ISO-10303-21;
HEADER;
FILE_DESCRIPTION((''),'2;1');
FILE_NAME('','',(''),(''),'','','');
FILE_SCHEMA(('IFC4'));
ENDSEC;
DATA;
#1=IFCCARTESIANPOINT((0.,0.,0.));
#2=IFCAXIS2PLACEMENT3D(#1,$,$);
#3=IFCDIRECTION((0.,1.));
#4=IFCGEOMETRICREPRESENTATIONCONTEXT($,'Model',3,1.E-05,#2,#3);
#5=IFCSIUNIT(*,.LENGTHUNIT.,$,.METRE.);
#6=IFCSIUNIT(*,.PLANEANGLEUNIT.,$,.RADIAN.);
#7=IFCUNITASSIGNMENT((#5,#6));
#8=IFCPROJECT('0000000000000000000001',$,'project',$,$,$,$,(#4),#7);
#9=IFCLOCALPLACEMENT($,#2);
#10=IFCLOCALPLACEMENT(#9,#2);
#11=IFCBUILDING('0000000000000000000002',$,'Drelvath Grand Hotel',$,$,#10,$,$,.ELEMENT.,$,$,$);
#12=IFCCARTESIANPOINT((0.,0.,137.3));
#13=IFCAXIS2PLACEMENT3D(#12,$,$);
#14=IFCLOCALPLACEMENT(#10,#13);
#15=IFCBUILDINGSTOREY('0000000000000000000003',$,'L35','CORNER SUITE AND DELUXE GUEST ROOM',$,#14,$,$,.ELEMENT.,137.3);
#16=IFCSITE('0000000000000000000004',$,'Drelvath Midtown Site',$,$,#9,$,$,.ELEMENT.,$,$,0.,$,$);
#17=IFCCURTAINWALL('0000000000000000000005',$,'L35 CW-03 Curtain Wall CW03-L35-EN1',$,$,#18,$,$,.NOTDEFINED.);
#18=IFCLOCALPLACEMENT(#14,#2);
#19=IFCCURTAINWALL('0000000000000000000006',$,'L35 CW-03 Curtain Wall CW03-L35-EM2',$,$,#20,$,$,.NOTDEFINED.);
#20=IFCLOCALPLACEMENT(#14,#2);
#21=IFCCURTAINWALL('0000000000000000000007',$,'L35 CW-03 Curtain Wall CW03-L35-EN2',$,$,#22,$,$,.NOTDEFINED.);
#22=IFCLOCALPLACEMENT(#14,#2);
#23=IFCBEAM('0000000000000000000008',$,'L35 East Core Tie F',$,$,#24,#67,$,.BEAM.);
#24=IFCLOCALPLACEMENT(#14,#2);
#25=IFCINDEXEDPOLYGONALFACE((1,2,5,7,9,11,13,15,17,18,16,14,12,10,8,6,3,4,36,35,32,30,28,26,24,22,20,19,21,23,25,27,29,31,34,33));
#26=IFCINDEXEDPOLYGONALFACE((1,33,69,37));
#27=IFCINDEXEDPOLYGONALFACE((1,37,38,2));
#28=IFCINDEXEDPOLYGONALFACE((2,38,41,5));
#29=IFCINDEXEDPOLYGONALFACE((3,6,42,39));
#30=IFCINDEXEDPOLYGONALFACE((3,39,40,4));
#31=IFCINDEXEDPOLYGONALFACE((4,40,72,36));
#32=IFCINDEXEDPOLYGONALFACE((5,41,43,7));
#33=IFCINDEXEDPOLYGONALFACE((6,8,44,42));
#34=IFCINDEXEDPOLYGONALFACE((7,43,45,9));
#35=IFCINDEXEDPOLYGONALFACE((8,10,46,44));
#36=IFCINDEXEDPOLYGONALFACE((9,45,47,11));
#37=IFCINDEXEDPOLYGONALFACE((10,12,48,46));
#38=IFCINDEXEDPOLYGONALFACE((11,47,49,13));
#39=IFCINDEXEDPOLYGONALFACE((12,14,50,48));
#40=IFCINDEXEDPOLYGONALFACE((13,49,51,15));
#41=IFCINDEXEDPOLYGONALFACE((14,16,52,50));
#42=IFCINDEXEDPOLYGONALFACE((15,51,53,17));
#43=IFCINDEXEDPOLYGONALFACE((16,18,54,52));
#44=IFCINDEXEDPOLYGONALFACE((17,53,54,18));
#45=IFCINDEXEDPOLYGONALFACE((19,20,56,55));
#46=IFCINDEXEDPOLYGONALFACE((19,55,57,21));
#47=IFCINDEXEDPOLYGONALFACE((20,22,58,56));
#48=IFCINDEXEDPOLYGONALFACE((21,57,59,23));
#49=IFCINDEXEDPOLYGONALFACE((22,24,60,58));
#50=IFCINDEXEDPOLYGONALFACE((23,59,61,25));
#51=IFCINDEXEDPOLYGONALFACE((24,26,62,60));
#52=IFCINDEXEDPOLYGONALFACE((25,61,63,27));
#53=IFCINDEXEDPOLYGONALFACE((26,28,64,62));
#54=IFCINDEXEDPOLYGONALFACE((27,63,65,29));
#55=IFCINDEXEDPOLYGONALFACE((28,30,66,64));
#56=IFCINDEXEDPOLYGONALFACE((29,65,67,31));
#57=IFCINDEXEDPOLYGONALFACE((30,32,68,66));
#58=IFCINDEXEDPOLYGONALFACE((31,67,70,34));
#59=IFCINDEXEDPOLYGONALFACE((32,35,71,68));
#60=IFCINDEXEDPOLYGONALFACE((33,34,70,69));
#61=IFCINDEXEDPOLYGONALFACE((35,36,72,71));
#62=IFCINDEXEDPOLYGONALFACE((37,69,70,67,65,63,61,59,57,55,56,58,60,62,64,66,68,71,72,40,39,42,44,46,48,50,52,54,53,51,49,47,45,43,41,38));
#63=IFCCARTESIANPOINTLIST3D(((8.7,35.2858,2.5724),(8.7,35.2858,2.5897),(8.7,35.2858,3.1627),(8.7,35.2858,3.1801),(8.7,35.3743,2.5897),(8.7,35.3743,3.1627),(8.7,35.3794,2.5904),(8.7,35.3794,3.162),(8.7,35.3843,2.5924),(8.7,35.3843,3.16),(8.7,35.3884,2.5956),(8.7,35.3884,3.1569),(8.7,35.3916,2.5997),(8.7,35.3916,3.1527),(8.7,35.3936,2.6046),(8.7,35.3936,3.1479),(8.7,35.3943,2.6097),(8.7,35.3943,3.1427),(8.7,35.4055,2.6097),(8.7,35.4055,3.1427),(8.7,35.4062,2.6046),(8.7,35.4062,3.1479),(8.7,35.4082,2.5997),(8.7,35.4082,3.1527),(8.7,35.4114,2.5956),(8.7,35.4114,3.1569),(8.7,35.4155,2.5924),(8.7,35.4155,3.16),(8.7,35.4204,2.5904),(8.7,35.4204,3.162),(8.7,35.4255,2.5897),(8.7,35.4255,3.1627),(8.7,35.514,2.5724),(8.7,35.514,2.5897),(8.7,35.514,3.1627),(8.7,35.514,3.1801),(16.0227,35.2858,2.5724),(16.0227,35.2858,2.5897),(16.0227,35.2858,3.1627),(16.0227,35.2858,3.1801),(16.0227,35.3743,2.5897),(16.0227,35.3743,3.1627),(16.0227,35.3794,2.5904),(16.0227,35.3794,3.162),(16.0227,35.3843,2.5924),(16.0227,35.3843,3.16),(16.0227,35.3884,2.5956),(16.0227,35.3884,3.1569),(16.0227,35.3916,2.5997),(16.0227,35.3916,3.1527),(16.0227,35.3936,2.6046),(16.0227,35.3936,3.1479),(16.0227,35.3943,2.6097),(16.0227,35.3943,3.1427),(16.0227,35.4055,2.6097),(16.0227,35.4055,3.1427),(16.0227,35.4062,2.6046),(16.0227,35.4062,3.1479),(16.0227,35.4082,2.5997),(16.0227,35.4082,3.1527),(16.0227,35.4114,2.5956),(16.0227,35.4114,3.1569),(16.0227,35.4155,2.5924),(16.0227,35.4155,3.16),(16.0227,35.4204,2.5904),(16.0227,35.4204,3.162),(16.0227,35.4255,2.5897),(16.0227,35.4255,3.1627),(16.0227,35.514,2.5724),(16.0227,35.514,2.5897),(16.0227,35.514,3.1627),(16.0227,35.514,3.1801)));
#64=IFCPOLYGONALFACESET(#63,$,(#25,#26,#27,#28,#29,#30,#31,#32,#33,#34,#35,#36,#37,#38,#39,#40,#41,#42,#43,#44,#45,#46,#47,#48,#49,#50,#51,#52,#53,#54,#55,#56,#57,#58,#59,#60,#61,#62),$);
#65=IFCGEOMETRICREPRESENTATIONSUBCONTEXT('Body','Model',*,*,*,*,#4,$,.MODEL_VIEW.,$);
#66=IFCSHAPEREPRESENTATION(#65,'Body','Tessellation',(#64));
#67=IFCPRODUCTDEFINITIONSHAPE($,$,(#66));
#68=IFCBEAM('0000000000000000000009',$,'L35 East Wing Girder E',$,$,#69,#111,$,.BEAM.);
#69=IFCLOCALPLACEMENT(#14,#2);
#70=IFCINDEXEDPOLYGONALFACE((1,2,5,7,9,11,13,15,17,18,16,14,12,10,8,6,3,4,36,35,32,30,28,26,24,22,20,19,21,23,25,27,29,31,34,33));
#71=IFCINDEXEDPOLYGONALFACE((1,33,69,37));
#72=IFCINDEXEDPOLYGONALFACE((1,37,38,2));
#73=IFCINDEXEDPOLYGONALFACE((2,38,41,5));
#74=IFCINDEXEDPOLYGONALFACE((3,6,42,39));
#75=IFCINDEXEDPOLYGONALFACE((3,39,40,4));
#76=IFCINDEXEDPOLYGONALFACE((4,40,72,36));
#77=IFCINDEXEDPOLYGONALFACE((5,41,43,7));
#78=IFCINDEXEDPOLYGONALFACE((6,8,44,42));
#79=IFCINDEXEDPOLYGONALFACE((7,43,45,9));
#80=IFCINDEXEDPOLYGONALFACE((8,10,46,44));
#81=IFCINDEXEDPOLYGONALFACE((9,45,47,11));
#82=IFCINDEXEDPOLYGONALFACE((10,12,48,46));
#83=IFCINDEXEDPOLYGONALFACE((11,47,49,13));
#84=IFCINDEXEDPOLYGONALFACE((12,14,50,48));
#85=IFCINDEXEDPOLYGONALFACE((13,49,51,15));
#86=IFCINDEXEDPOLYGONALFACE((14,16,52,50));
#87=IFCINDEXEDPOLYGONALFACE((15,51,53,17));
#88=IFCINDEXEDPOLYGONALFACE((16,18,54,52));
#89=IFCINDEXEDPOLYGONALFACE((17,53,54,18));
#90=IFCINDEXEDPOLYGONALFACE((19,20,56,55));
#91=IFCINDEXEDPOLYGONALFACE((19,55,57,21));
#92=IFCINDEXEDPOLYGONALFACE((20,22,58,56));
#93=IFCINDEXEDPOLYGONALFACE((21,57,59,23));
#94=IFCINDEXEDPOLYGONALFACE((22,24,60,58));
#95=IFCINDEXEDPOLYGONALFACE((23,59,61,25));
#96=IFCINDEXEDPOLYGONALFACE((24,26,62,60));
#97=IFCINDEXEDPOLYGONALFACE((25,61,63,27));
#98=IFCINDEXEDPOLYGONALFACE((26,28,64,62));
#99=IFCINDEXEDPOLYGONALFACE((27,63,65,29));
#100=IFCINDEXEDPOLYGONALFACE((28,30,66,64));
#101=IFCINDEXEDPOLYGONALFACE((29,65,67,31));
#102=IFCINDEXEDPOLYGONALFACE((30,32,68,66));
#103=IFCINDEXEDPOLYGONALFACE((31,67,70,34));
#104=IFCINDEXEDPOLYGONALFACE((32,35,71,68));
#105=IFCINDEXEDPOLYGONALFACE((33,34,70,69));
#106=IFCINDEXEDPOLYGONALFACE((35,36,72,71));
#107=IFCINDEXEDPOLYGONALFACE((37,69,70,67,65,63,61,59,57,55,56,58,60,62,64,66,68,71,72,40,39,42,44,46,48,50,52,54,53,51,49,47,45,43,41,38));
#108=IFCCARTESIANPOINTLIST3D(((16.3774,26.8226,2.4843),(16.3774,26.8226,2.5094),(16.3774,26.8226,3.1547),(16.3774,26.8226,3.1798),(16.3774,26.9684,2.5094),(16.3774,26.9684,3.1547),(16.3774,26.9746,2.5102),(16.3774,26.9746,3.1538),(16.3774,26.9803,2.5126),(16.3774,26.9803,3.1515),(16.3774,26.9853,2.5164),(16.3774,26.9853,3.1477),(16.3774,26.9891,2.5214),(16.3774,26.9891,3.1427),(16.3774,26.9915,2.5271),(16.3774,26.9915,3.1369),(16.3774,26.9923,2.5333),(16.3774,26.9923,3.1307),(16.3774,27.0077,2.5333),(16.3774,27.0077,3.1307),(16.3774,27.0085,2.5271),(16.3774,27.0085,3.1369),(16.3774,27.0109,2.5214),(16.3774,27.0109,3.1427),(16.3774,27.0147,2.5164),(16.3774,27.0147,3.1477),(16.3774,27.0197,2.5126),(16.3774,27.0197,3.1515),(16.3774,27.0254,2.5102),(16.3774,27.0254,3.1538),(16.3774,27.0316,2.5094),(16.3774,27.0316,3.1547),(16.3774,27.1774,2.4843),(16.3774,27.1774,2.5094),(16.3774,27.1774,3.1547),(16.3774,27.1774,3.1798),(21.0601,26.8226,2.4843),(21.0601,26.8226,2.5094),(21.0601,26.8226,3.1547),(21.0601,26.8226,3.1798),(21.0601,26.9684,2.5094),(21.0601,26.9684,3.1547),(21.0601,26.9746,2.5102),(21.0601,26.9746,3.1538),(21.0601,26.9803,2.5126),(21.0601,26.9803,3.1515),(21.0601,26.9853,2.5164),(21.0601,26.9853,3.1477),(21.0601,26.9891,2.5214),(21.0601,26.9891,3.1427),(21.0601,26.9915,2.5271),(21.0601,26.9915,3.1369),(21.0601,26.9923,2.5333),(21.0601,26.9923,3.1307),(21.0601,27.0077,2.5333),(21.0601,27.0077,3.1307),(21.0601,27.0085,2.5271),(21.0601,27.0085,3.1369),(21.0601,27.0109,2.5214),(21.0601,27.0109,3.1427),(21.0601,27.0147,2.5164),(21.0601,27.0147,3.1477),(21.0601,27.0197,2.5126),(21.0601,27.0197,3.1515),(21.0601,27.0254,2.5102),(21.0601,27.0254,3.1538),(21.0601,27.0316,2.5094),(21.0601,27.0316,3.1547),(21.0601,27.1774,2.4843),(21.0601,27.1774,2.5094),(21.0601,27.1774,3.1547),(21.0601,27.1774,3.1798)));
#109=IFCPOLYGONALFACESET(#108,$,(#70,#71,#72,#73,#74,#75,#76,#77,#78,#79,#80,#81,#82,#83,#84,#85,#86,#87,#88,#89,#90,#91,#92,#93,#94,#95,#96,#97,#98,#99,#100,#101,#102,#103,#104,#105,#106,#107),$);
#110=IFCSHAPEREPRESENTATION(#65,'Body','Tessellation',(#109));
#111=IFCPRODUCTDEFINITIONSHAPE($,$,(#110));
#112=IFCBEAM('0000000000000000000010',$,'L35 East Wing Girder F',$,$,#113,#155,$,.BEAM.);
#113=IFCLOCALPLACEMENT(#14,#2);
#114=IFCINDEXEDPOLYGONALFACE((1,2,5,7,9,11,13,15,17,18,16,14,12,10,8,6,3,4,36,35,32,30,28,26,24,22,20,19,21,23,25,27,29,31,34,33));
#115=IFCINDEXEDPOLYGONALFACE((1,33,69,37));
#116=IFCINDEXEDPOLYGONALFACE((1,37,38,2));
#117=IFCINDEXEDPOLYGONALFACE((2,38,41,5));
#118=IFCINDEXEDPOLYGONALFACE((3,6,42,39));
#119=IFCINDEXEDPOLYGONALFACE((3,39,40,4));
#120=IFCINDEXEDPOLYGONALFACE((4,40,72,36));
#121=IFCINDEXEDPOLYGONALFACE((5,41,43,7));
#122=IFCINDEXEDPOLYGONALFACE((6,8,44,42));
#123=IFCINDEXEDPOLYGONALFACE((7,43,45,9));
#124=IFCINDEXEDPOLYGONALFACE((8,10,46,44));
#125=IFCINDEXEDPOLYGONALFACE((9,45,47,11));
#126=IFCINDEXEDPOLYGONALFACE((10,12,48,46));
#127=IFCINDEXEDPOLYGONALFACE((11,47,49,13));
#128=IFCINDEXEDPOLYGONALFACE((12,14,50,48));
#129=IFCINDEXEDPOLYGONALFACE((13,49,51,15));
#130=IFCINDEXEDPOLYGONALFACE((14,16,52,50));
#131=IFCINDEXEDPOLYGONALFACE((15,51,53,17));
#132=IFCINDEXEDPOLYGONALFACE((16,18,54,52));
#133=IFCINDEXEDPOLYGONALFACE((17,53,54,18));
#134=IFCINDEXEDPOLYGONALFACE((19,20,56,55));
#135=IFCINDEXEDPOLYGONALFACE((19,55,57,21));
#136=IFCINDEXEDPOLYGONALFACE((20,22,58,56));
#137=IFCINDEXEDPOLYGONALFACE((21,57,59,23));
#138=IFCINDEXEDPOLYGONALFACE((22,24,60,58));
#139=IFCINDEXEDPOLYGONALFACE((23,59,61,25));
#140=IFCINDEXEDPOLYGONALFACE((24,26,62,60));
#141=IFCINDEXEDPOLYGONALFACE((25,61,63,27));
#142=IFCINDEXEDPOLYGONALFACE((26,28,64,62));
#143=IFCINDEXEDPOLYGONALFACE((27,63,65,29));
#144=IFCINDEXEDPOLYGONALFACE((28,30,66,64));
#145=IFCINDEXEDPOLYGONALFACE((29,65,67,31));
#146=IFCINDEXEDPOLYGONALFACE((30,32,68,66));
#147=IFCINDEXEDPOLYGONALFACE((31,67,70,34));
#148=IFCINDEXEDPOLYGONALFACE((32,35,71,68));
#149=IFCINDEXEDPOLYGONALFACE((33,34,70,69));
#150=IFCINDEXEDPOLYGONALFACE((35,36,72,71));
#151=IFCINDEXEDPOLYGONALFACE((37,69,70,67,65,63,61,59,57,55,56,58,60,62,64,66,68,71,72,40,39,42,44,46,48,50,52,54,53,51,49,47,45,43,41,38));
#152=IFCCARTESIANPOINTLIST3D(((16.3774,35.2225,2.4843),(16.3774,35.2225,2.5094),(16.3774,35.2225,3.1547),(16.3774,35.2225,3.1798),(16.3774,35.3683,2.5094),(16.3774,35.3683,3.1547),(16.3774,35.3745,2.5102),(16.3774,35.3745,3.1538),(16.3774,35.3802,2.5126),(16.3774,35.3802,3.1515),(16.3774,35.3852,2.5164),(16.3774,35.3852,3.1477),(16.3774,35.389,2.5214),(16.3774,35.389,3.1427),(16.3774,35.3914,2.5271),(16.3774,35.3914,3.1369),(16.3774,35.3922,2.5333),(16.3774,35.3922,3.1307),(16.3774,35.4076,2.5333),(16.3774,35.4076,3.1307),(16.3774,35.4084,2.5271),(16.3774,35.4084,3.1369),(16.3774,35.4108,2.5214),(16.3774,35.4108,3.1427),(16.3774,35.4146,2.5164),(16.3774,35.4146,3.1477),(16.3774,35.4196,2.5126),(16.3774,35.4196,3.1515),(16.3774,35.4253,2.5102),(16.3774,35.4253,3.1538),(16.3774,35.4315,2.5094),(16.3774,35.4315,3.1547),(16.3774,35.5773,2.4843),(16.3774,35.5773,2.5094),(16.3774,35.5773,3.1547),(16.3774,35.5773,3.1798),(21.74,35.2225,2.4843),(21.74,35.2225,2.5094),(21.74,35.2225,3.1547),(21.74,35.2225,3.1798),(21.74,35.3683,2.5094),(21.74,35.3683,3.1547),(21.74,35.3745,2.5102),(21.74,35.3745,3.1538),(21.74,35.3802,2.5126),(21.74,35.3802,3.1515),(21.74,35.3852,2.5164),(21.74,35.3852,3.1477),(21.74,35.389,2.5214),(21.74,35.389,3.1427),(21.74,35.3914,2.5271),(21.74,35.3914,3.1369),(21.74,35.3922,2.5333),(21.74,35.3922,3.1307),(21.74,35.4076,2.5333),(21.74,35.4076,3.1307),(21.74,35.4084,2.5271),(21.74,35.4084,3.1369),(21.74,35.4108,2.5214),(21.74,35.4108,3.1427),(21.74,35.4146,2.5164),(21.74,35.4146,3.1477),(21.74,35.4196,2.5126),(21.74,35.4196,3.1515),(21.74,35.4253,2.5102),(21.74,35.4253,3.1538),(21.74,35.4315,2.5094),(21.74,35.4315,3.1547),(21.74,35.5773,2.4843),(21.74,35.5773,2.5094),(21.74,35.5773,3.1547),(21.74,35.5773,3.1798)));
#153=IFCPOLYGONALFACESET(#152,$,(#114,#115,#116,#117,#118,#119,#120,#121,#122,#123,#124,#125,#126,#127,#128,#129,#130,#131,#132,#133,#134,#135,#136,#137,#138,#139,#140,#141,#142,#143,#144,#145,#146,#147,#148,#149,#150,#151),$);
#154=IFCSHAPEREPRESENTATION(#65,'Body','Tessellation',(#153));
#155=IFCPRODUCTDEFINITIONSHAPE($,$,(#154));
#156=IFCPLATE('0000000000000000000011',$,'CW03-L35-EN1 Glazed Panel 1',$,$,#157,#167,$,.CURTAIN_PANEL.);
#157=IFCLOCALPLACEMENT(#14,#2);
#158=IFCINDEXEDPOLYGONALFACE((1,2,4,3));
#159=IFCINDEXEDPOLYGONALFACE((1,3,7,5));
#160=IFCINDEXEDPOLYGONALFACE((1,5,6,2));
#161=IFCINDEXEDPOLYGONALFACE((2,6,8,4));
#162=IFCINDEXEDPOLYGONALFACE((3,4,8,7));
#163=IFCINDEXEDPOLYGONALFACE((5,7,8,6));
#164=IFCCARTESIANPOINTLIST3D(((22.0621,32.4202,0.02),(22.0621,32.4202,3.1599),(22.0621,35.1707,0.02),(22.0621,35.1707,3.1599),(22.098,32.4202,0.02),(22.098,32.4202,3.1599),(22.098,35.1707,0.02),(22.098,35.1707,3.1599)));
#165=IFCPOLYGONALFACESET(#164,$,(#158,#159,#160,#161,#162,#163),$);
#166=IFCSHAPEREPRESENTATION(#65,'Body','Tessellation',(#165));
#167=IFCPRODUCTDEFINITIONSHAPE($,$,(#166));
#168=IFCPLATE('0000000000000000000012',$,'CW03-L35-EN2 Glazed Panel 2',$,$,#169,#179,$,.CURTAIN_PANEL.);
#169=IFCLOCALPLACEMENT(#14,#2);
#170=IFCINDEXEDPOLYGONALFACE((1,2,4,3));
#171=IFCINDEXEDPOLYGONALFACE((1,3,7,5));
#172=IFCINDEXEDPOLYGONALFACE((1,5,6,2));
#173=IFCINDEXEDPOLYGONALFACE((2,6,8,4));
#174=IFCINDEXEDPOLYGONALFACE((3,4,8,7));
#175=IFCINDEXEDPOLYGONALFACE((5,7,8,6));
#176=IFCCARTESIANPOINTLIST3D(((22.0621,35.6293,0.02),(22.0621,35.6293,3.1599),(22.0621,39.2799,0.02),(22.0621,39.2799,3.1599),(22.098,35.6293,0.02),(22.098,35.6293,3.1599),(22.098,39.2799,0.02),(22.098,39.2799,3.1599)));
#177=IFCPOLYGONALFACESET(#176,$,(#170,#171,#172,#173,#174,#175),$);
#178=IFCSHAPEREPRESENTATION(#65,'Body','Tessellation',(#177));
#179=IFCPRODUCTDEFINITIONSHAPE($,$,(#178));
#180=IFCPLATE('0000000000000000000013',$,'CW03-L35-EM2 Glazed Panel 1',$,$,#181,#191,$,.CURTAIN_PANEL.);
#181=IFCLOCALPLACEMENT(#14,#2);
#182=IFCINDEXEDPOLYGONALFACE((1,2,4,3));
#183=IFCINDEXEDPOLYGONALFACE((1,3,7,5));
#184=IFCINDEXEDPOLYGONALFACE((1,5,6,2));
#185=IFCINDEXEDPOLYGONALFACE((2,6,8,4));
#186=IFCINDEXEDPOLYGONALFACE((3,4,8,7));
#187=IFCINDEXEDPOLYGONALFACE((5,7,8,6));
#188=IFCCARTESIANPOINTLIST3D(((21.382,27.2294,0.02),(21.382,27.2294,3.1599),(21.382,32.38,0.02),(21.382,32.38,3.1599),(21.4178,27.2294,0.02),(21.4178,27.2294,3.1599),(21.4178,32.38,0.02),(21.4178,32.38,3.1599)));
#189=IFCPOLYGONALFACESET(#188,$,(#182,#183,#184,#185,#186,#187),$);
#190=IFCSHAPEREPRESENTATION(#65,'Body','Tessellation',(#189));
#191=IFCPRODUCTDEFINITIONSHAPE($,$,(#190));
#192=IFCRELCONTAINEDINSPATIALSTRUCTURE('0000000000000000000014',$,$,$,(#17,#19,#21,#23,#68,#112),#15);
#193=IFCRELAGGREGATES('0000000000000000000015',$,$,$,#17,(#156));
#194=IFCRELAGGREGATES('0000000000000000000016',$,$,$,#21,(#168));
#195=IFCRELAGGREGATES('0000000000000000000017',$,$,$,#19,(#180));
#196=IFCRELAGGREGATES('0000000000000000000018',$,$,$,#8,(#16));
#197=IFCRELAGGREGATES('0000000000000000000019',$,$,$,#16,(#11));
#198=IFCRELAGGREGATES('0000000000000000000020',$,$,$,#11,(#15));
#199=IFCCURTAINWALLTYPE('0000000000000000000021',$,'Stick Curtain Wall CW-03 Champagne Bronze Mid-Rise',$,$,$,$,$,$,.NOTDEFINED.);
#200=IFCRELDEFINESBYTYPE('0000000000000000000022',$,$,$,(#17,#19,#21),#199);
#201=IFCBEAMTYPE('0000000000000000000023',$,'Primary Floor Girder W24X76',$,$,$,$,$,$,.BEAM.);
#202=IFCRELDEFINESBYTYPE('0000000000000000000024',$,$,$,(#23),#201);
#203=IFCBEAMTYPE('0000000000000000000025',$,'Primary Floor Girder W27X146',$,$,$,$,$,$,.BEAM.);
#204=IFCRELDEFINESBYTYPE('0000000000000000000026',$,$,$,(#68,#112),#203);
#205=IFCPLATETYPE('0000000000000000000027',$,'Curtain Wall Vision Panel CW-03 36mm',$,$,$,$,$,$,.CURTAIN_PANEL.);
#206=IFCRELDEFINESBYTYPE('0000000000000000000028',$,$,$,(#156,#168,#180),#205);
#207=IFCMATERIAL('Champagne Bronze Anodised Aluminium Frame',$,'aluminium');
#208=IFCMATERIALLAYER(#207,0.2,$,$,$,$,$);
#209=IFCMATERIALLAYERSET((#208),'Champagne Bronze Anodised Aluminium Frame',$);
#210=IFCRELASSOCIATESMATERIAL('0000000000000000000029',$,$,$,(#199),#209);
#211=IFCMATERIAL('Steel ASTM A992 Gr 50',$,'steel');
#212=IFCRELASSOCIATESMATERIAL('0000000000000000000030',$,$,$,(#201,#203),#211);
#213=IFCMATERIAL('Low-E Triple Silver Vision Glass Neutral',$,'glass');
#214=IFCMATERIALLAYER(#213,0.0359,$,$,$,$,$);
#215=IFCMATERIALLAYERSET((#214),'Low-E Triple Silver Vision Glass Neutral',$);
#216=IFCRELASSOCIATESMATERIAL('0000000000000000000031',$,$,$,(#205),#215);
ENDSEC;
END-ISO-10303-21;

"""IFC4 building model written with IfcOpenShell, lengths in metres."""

from ifc_helpers import new_model, si_unit, direction, frame, origin, origin_2d, place, context, subcontext, project, spatial, rectangle, i_section, extrude, material, layer, layer_set, material_profile, profile_set, type_object, element, aggregate, save


model = new_model("IFC4")

# Units and contexts
model_context = context("Model", 3, precision=1e-05, world=origin(), true_north=direction((0.0, 1.0)))
body_context = subcontext(model_context, "Body", "Model", "MODEL_VIEW")
ifc_project = project(units=[si_unit("LENGTHUNIT", "METRE"), si_unit("PLANEANGLEUNIT", "RADIAN")], contexts=[model_context])

# Site, building, storey
site_placement = place(None, origin())
site = spatial("IfcSite", under=ifc_project, at=site_placement, Name="Drelvath Midtown Site", CompositionType="ELEMENT", RefElevation=0.0)
building_placement = place(site_placement, origin())
building = spatial("IfcBuilding", under=site, at=building_placement, Name="Drelvath Grand Hotel", CompositionType="ELEMENT")
storey_placement = place(building_placement, frame((0.0, 0.0, 137.3)))
storey = spatial("IfcBuildingStorey", under=building, at=storey_placement, Name="L35", Description="CORNER SUITE AND DELUXE GUEST ROOM", CompositionType="ELEMENT", Elevation=137.3)

# Curtain walls
ifc_material_1 = material(Name="Champagne Bronze Anodised Aluminium Frame", Category="aluminium")
ifc_layer_1 = layer(ifc_material_1, 0.2)
ifc_layer_set_1 = layer_set([ifc_layer_1], Name="Champagne Bronze Anodised Aluminium Frame")
curtain_wall_type = type_object("IfcCurtainWallType", Name="Stick Curtain Wall CW-03 Champagne Bronze Mid-Rise", PredefinedType="NOTDEFINED", material=ifc_layer_set_1)
curtain_wall_1_placement = place(storey_placement, origin())
curtain_wall_1 = element("IfcCurtainWall", 1, at=curtain_wall_1_placement, inside=storey, type_object=curtain_wall_type, Name="L35 CW-03 Curtain Wall CW03-L35-EN1", PredefinedType="NOTDEFINED")
curtain_wall_2_placement = place(storey_placement, origin())
curtain_wall_2 = element("IfcCurtainWall", 2, at=curtain_wall_2_placement, inside=storey, type_object=curtain_wall_type, Name="L35 CW-03 Curtain Wall CW03-L35-EM2", PredefinedType="NOTDEFINED")

# Curtain wall
curtain_wall_3_placement = place(storey_placement, origin())
curtain_wall_3 = element("IfcCurtainWall", 3, at=curtain_wall_3_placement, inside=storey, type_object=curtain_wall_type, Name="L35 CW-03 Curtain Wall CW03-L35-EN2", PredefinedType="NOTDEFINED")

# Beams
ifc_material_2 = material(Name="Steel ASTM A992 Gr 50", Category="steel")
ifc_material_profile_1 = material_profile(ifc_material_2, i_section(OverallWidth=0.2283, OverallDepth=0.6077, WebThickness=0.0112, FlangeThickness=0.0173, FilletRadius=0.02, at=origin_2d()), Name="W24X76")
ifc_profile_set_1 = profile_set([ifc_material_profile_1], Name="Steel ASTM A992 Gr 50")
beam_type_1 = type_object("IfcBeamType", Name="Primary Floor Girder W24X76", PredefinedType="BEAM", material=ifc_profile_set_1)
beam_1_placement = place(storey_placement, frame((8.7, 35.3999, 2.8762), z_axis=(1.0, 0.0, 0.0), x_axis=(0.0, 1.0, 0.0)))
element("IfcBeam", 4, at=beam_1_placement, inside=storey, type_object=beam_type_1, Name="L35 East Core Tie F", PredefinedType="BEAM", context=body_context, shape_type="SweptSolid", body=[
    extrude(i_section(OverallWidth=0.2283, OverallDepth=0.6077, WebThickness=0.0112, FlangeThickness=0.0173, FilletRadius=0.02, at=origin_2d()), origin(), (0.0, 0.0, 1.0), 7.3228),
])
ifc_material_profile_2 = material_profile(ifc_material_2, i_section(OverallWidth=0.3547, OverallDepth=0.6956, WebThickness=0.0154, FlangeThickness=0.0251, FilletRadius=0.0239, at=origin_2d()), Name="W27X146")
ifc_profile_set_2 = profile_set([ifc_material_profile_2], Name="Steel ASTM A992 Gr 50")
beam_type_2 = type_object("IfcBeamType", Name="Primary Floor Girder W27X146", PredefinedType="BEAM", material=ifc_profile_set_2)
beam_2_placement = place(storey_placement, frame((16.3774, 27.0, 2.832), z_axis=(1.0, 0.0, 0.0), x_axis=(0.0, 1.0, 0.0)))
element("IfcBeam", 5, at=beam_2_placement, inside=storey, type_object=beam_type_2, Name="L35 East Wing Girder E", PredefinedType="BEAM", context=body_context, shape_type="SweptSolid", body=[
    extrude(i_section(OverallWidth=0.3547, OverallDepth=0.6956, WebThickness=0.0154, FlangeThickness=0.0251, FilletRadius=0.0239, at=origin_2d()), origin(), (0.0, 0.0, 1.0), 4.6826),
])
beam_3_placement = place(storey_placement, frame((16.3774, 35.3999, 2.832), z_axis=(1.0, 0.0, 0.0), x_axis=(0.0, 1.0, 0.0)))
element("IfcBeam", 6, at=beam_3_placement, inside=storey, type_object=beam_type_2, Name="L35 East Wing Girder F", PredefinedType="BEAM", context=body_context, shape_type="SweptSolid", body=[
    extrude(i_section(OverallWidth=0.3547, OverallDepth=0.6956, WebThickness=0.0154, FlangeThickness=0.0251, FilletRadius=0.0239, at=origin_2d()), origin(), (0.0, 0.0, 1.0), 5.3625),
])

# Plates
ifc_material_3 = material(Name="Low-E Triple Silver Vision Glass Neutral", Category="glass")
ifc_layer_2 = layer(ifc_material_3, 0.0359)
ifc_layer_set_2 = layer_set([ifc_layer_2], Name="Low-E Triple Silver Vision Glass Neutral")
plate_type = type_object("IfcPlateType", Name="Curtain Wall Vision Panel CW-03 36mm", PredefinedType="CURTAIN_PANEL", material=ifc_layer_set_2)
plate_1_placement = place(storey_placement, frame((22.0801, 33.7954, 0.02), z_axis=(0.0, 0.0, 1.0), x_axis=(0.0, -1.0, 0.0)))
plate_1 = element("IfcPlate", 7, at=plate_1_placement, type_object=plate_type, Name="CW03-L35-EN1 Glazed Panel 1", PredefinedType="CURTAIN_PANEL", context=body_context, shape_type="SweptSolid", body=[
    extrude(rectangle(XDim=2.7505, YDim=0.0359, at=origin_2d()), origin(), (0.0, 0.0, 1.0), 3.1399),
])
aggregate(curtain_wall_1, [plate_1])
plate_2_placement = place(storey_placement, frame((22.0801, 37.4546, 0.02), z_axis=(0.0, 0.0, 1.0), x_axis=(0.0, -1.0, 0.0)))
plate_2 = element("IfcPlate", 8, at=plate_2_placement, type_object=plate_type, Name="CW03-L35-EN2 Glazed Panel 2", PredefinedType="CURTAIN_PANEL", context=body_context, shape_type="SweptSolid", body=[
    extrude(rectangle(XDim=3.6506, YDim=0.0359, at=origin_2d()), origin(), (0.0, 0.0, 1.0), 3.1399),
])
aggregate(curtain_wall_3, [plate_2])
plate_3_placement = place(storey_placement, frame((21.3999, 29.8047, 0.02), z_axis=(0.0, 0.0, 1.0), x_axis=(0.0, -1.0, 0.0)))
plate_3 = element("IfcPlate", 9, at=plate_3_placement, type_object=plate_type, Name="CW03-L35-EM2 Glazed Panel 1", PredefinedType="CURTAIN_PANEL", context=body_context, shape_type="SweptSolid", body=[
    extrude(rectangle(XDim=5.1506, YDim=0.0359, at=origin_2d()), origin(), (0.0, 0.0, 1.0), 3.1399),
])
aggregate(curtain_wall_2, [plate_3])

save(model, "model.ifc")
